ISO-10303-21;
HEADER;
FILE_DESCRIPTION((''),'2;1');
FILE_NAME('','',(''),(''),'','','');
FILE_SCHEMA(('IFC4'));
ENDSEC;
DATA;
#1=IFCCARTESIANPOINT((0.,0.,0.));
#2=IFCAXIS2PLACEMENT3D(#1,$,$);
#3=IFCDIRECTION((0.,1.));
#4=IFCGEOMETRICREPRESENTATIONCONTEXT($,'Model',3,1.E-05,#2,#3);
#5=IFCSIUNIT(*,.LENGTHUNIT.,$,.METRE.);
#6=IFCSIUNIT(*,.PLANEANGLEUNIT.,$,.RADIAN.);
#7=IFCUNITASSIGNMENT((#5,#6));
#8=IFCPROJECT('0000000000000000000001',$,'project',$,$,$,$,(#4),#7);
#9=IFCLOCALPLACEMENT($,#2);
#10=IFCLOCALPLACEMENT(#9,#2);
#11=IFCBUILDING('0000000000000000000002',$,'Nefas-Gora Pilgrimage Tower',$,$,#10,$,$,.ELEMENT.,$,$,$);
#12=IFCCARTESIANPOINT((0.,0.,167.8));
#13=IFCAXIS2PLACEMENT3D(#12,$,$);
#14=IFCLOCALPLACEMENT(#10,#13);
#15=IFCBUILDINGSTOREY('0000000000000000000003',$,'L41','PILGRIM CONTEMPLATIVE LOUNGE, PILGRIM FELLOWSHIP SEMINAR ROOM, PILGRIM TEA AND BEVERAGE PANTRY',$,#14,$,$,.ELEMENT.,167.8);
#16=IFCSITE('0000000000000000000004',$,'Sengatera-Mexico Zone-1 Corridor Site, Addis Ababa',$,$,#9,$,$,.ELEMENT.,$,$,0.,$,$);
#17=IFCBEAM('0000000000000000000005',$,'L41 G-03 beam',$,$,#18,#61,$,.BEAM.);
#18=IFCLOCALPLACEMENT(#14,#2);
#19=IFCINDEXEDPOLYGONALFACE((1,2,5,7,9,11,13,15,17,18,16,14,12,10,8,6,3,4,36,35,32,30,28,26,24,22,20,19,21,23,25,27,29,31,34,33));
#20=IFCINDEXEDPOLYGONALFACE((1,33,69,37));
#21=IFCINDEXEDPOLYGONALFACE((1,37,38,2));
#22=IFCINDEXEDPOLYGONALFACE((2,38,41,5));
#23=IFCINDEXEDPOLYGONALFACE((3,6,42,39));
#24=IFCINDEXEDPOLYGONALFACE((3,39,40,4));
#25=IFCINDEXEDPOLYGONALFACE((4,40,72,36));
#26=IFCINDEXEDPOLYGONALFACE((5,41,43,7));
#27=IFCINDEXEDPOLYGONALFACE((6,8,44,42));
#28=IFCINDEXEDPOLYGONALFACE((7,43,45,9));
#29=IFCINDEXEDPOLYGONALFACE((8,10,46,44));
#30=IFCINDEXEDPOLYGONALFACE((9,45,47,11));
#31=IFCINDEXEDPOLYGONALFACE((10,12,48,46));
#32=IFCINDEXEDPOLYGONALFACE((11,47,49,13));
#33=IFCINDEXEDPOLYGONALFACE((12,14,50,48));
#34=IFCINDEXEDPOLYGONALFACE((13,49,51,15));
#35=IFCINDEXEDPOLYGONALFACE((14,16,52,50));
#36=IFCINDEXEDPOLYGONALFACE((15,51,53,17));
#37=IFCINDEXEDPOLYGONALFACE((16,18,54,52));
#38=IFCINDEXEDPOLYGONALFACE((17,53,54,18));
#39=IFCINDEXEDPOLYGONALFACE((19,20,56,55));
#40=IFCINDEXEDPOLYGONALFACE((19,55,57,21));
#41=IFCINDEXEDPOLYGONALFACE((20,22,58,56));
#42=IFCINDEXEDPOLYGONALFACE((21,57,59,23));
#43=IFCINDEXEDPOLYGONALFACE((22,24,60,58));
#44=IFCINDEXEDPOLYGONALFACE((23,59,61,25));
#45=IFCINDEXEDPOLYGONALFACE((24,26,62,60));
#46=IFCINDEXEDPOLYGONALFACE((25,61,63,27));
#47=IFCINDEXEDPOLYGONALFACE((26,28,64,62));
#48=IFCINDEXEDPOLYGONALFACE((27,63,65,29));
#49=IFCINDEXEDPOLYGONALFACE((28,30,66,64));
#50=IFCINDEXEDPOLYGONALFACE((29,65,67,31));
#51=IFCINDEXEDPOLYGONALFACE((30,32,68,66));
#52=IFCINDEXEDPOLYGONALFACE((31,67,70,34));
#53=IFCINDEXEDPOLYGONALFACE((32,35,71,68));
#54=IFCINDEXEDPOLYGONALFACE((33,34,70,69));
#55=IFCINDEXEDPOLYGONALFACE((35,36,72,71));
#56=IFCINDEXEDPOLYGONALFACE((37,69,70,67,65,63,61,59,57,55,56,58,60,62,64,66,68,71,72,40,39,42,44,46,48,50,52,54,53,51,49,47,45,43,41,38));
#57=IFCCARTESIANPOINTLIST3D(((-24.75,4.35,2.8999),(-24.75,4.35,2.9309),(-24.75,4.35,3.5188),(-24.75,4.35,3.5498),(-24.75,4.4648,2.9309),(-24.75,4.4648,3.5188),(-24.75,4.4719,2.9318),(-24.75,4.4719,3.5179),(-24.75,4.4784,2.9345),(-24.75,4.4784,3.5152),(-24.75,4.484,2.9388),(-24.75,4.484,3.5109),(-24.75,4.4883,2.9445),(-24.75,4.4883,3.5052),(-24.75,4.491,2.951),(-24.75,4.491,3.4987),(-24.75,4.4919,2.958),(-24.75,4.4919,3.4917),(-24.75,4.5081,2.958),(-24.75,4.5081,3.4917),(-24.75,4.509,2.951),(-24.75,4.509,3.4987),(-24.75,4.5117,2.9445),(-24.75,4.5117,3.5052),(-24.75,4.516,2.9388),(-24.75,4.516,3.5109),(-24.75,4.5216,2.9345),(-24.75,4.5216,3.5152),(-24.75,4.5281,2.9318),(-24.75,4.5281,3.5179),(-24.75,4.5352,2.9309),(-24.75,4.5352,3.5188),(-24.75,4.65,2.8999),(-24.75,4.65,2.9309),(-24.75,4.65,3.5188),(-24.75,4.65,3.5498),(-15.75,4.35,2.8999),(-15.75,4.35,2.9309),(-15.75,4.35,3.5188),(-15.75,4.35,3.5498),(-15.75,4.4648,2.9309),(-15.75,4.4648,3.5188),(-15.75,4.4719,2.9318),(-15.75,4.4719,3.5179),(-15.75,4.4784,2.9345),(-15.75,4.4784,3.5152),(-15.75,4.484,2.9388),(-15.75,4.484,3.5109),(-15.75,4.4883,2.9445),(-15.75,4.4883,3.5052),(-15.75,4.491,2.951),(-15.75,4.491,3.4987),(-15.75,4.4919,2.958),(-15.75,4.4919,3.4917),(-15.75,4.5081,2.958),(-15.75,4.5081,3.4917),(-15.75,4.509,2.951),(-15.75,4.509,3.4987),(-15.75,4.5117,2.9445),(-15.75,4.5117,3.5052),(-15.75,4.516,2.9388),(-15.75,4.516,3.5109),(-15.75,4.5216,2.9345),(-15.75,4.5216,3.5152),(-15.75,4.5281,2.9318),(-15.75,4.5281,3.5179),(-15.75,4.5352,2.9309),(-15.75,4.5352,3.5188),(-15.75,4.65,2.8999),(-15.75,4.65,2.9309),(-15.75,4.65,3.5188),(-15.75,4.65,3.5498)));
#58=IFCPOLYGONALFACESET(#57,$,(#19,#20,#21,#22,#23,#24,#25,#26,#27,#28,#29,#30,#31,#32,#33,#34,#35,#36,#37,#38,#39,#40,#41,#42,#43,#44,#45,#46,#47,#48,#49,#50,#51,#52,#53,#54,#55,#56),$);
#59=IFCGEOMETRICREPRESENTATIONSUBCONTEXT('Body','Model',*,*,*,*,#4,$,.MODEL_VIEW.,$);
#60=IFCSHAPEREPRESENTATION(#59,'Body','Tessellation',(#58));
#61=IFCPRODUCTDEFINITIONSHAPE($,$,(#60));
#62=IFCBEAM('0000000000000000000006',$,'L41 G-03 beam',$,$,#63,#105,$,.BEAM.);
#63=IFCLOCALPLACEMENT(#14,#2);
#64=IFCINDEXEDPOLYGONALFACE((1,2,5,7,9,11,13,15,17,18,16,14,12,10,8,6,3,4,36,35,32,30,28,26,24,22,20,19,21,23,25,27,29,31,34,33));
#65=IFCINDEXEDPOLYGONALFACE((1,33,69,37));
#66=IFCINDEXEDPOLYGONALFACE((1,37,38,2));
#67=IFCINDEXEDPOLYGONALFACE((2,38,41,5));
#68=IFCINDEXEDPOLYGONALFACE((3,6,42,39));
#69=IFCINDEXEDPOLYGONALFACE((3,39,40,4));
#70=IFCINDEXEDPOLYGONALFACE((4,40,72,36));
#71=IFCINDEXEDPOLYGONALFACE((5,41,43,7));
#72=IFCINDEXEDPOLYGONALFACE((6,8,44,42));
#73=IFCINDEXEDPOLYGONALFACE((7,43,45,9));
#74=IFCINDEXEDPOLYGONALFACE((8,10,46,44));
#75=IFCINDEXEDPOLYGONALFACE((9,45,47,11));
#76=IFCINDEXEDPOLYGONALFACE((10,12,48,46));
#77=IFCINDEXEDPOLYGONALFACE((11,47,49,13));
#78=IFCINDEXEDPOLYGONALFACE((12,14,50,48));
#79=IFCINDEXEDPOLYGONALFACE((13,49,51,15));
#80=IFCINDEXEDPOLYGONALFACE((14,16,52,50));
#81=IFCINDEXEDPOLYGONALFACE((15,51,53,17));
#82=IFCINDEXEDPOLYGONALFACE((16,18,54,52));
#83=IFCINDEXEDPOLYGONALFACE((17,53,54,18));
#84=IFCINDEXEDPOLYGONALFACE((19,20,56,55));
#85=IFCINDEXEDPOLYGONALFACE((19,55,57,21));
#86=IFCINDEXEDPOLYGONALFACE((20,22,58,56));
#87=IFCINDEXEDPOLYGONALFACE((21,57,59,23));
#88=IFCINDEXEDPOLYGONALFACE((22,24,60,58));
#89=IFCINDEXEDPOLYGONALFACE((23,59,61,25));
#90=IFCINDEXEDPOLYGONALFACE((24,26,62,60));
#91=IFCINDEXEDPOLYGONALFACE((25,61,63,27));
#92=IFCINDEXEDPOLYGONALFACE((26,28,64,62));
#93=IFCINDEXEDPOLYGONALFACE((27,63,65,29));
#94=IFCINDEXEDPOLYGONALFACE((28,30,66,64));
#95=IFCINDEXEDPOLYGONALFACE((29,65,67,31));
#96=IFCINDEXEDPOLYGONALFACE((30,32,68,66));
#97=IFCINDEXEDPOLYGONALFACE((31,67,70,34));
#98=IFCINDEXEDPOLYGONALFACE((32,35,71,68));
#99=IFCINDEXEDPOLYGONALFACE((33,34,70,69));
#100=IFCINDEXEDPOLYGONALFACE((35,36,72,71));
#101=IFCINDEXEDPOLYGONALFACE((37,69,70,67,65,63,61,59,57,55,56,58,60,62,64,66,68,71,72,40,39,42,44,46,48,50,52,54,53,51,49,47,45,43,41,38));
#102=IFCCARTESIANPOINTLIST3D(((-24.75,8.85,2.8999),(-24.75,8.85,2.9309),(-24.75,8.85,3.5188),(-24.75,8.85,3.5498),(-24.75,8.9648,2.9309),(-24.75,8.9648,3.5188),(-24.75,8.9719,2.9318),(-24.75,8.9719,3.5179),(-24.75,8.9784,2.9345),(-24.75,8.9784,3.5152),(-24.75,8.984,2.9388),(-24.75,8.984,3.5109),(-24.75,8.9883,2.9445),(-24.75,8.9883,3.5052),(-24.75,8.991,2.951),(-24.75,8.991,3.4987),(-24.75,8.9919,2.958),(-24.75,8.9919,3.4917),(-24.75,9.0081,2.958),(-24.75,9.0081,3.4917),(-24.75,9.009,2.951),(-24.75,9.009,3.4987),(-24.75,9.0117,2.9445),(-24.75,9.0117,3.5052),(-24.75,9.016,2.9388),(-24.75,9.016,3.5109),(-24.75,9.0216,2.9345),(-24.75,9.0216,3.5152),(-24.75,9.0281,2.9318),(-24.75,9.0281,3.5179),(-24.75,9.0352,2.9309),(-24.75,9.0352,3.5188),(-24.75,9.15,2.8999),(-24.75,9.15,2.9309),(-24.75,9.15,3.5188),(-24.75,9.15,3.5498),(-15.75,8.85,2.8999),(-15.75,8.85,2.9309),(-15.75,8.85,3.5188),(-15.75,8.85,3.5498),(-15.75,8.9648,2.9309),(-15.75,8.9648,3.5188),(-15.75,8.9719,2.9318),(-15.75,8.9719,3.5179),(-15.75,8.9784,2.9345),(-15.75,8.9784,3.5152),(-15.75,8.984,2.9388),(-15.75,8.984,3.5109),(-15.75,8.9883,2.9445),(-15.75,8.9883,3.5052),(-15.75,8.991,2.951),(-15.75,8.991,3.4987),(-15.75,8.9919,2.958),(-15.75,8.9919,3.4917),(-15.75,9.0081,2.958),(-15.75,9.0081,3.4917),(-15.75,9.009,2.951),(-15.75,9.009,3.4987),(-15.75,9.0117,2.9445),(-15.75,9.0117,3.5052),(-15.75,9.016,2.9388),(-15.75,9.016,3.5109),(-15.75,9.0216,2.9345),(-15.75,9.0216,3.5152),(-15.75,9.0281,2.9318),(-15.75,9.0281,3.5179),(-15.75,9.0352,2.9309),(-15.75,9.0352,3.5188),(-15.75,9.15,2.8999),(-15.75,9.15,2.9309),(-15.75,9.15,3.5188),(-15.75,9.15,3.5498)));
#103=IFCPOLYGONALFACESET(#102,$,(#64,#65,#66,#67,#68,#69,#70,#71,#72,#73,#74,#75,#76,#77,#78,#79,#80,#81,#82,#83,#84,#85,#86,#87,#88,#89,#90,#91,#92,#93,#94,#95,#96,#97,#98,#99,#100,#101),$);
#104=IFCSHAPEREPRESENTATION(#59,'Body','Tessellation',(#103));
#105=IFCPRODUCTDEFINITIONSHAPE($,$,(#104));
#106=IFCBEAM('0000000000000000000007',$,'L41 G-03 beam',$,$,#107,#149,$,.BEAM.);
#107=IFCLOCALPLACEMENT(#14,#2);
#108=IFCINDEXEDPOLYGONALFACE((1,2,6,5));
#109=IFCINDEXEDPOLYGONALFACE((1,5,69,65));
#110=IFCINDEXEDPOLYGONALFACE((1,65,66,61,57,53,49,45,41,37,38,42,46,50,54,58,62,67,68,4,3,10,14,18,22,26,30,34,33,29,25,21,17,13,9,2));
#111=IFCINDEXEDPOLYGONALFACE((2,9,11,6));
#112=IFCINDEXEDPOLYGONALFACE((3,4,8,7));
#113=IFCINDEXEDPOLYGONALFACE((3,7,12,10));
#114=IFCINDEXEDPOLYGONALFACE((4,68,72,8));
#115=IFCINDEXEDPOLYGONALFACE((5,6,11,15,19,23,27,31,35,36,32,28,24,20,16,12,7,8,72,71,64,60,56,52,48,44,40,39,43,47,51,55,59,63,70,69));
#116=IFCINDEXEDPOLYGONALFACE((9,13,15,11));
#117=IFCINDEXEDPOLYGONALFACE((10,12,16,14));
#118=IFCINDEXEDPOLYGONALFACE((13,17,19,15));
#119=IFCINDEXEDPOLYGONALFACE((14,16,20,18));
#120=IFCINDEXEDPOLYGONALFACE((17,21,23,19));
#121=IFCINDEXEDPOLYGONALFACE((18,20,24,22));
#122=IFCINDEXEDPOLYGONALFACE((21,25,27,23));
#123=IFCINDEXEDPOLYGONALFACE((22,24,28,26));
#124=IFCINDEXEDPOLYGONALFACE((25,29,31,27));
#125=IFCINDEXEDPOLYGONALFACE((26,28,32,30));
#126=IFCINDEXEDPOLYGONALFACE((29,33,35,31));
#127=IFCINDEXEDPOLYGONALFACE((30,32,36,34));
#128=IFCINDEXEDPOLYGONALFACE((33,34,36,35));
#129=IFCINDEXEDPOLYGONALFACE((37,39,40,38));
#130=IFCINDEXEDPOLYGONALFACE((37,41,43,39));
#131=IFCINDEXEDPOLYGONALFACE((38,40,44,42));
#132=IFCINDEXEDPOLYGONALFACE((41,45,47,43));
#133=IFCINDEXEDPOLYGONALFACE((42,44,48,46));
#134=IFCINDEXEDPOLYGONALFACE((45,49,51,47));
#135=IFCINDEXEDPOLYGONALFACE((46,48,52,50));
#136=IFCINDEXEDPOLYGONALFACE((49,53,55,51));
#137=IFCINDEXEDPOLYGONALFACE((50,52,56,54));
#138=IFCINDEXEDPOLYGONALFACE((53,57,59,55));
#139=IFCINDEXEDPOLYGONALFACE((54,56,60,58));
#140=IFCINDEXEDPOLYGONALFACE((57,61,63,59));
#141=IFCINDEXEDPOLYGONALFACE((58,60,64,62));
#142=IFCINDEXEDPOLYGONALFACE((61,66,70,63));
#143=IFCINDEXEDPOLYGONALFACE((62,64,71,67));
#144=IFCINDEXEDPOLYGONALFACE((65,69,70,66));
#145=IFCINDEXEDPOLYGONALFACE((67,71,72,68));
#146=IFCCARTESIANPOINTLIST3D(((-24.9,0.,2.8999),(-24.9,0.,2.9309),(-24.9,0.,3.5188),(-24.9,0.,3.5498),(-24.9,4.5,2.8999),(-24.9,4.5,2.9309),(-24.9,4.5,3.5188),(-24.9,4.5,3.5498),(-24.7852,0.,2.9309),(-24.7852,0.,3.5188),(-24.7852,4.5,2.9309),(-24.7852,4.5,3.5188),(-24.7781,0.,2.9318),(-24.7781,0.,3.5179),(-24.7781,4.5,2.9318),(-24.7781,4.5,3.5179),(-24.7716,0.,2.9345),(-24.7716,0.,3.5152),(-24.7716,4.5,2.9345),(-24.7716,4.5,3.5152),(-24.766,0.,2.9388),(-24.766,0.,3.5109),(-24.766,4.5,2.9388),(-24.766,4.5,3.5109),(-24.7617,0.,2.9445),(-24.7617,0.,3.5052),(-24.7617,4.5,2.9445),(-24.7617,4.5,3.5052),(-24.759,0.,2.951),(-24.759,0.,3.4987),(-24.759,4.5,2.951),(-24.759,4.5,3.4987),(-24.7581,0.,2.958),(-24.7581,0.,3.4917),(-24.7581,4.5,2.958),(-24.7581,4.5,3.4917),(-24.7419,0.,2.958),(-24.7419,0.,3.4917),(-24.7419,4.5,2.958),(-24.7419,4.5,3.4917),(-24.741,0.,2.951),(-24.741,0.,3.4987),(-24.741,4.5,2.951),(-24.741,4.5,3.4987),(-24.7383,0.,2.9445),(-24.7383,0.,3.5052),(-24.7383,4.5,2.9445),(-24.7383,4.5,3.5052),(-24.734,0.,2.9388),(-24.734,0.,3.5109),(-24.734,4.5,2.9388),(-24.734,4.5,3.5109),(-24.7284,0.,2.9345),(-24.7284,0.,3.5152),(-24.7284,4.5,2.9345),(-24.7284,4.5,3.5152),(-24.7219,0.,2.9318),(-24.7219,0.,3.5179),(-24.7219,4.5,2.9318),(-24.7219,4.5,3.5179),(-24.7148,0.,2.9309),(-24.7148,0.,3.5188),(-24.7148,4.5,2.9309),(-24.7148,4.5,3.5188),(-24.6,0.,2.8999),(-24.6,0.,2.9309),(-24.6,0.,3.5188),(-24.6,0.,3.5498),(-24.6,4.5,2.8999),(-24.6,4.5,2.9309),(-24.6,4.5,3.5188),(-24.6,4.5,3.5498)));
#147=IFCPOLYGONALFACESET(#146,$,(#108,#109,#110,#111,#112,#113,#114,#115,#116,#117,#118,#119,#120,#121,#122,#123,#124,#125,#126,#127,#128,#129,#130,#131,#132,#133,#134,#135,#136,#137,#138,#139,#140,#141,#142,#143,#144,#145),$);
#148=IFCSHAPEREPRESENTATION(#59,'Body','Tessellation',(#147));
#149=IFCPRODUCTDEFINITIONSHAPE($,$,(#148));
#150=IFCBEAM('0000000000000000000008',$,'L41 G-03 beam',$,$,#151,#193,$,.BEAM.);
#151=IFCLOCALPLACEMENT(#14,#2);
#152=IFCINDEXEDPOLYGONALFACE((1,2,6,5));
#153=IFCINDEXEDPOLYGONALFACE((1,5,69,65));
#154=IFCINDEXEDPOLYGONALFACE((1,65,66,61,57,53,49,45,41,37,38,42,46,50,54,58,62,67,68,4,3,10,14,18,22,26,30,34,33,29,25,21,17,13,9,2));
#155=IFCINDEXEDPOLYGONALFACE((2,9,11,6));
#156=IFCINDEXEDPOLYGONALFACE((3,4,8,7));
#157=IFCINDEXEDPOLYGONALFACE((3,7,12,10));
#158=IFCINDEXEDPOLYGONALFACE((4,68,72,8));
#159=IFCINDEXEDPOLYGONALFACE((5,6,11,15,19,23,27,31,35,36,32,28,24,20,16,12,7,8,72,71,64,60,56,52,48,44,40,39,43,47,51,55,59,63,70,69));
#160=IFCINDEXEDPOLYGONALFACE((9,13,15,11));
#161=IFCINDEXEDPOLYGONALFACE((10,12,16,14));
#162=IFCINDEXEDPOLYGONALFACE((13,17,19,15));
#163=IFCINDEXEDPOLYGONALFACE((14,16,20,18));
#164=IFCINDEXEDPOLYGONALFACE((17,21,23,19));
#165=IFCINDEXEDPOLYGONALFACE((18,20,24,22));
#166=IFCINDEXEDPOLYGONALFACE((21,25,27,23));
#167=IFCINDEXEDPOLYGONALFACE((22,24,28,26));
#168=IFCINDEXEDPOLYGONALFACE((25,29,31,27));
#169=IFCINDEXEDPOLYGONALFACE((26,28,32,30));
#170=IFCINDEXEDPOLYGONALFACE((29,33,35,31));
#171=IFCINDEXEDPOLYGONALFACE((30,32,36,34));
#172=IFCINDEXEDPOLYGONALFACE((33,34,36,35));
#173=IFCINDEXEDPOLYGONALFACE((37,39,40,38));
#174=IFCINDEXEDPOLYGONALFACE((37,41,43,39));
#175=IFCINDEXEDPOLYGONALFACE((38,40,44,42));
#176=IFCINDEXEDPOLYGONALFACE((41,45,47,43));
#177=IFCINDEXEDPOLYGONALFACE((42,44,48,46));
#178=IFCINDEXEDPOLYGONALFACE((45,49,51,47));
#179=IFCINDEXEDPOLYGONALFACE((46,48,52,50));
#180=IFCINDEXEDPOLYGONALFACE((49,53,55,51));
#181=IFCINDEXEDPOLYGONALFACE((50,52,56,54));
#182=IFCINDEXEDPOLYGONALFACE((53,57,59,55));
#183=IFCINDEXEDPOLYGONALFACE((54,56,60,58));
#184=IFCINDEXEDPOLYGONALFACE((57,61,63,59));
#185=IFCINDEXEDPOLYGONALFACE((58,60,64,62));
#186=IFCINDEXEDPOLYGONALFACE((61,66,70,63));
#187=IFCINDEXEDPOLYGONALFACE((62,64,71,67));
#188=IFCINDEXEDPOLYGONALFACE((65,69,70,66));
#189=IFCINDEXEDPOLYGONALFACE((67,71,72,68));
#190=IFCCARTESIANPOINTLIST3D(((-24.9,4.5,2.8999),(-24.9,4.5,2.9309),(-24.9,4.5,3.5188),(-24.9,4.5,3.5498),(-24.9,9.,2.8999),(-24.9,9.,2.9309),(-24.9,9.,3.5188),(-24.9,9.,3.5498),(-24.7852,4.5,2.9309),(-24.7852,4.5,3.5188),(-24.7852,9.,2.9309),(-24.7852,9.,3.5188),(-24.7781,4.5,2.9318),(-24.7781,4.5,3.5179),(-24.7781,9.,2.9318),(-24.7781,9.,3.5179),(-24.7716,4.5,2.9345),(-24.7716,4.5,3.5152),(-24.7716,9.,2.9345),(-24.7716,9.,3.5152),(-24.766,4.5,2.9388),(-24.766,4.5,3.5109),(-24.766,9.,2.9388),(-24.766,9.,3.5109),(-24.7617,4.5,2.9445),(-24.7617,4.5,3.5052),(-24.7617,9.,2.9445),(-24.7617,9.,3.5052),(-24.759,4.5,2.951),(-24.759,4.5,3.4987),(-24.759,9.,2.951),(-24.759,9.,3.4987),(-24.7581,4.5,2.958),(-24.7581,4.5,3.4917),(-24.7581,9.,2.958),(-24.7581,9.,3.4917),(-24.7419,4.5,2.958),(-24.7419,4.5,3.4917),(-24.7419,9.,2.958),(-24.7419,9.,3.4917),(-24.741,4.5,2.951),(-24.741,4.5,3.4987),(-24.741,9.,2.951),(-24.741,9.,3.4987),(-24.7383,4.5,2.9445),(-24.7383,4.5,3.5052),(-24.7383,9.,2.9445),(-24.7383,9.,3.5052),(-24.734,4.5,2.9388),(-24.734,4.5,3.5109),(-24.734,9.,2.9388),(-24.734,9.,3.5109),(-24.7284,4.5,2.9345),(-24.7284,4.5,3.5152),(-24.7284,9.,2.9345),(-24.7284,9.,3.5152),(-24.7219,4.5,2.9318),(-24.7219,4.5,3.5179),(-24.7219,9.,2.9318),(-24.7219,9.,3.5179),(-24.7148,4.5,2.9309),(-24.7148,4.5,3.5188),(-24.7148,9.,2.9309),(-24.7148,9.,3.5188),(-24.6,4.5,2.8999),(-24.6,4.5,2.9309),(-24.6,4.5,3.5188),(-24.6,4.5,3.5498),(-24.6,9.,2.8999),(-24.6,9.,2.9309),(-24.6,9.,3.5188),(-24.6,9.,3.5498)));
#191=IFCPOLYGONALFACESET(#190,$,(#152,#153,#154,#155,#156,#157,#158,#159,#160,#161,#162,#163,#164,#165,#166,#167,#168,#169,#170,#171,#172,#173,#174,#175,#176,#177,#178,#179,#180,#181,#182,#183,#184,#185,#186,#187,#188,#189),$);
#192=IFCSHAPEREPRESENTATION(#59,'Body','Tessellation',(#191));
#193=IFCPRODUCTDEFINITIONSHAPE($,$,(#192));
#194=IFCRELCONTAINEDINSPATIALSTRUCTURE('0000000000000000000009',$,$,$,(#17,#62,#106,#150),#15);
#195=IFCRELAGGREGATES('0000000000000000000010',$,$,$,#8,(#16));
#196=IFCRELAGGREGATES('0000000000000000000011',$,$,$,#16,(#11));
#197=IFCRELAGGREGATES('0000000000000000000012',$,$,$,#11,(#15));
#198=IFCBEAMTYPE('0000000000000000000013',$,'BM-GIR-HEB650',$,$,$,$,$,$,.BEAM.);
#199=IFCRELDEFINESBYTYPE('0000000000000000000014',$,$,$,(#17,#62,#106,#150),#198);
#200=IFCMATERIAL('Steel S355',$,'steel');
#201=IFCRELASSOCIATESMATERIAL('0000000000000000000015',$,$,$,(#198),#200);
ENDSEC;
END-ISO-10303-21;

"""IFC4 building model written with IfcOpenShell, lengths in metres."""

from ifc_helpers import new_model, si_unit, direction, frame, origin, origin_2d, place, context, subcontext, project, spatial, i_section, extrude, source, transform, mapped, material, material_profile, profile_set, type_object, element, save


model = new_model("IFC4")

# Units and contexts
model_context = context("Model", 3, precision=1e-05, world=origin(), true_north=direction((0.0, 1.0)))
body_context = subcontext(model_context, "Body", "Model", "MODEL_VIEW")
ifc_project = project(units=[si_unit("LENGTHUNIT", "METRE"), si_unit("PLANEANGLEUNIT", "RADIAN")], contexts=[model_context])

# Site, building, storey
site_placement = place(None, origin())
site = spatial("IfcSite", under=ifc_project, at=site_placement, Name="Sengatera-Mexico Zone-1 Corridor Site, Addis Ababa", CompositionType="ELEMENT", RefElevation=0.0)
building_placement = place(site_placement, origin())
building = spatial("IfcBuilding", under=site, at=building_placement, Name="Nefas-Gora Pilgrimage Tower", CompositionType="ELEMENT")
storey_placement = place(building_placement, frame((0.0, 0.0, 167.8)))
storey = spatial("IfcBuildingStorey", under=building, at=storey_placement, Name="L41", Description="PILGRIM CONTEMPLATIVE LOUNGE, PILGRIM FELLOWSHIP SEMINAR ROOM, PILGRIM TEA AND BEVERAGE PANTRY", CompositionType="ELEMENT", Elevation=167.8)

# Beams
ifc_material_1 = material(Name="Steel S355", Category="steel")
ifc_material_profile_1 = material_profile(ifc_material_1, i_section(OverallWidth=0.3, OverallDepth=0.6499, WebThickness=0.0161, FlangeThickness=0.031, FilletRadius=0.0271, at=origin_2d()), Name="HEB 650")
ifc_profile_set_1 = profile_set([ifc_material_profile_1], Name="Steel S355")
beam_type_1 = type_object("IfcBeamType", Name="BM-GIR-HEB650", PredefinedType="BEAM", material=ifc_profile_set_1)
shared_shape_1 = source(origin(), body_context, "Body", "SweptSolid", [
    extrude(i_section(OverallWidth=0.3, OverallDepth=0.6499, WebThickness=0.0161, FlangeThickness=0.031, FilletRadius=0.0271, at=origin_2d()), origin(), (0.0, 0.0, 1.0), 9.0),
])
for number, where, z_axis, x_axis, name in (
    (1, (-24.75, 4.5, 3.2249), (1.0, 0.0, 0.0), (0.0, 1.0, 0.0), "L41 G-03 beam"),
    (2, (-24.75, 9.0, 3.2249), (1.0, 0.0, 0.0), (0.0, 1.0, 0.0), "L41 G-03 beam"),
):
    element("IfcBeam", number, at=place(storey_placement, frame(where, z_axis=z_axis, x_axis=x_axis)), inside=storey, type_object=beam_type_1, Name=name, PredefinedType="BEAM", context=body_context, shape_type="MappedRepresentation", body=[
        mapped(shared_shape_1, transform((0.0, 0.0, 0.0), x_axis=(1.0, 0.0, 0.0), y_axis=(0.0, 1.0, 0.0), z_axis=(0.0, 0.0, 1.0), scale=1.0)),
    ])
shared_shape_2 = source(origin(), body_context, "Body", "SweptSolid", [
    extrude(i_section(OverallWidth=0.3, OverallDepth=0.6499, WebThickness=0.0161, FlangeThickness=0.031, FilletRadius=0.0271, at=origin_2d()), origin(), (0.0, 0.0, 1.0), 4.5),
])
for number, where, z_axis, x_axis, name in (
    (3, (-24.75, 0.0, 3.2249), (0.0, 1.0, 0.0), (-1.0, 0.0, 0.0), "L41 G-03 beam"),
    (4, (-24.75, 4.5, 3.2249), (0.0, 1.0, 0.0), (-1.0, 0.0, 0.0), "L41 G-03 beam"),
):
    element("IfcBeam", number, at=place(storey_placement, frame(where, z_axis=z_axis, x_axis=x_axis)), inside=storey, type_object=beam_type_1, Name=name, PredefinedType="BEAM", context=body_context, shape_type="MappedRepresentation", body=[
        mapped(shared_shape_2, transform((0.0, 0.0, 0.0), x_axis=(1.0, 0.0, 0.0), y_axis=(0.0, 1.0, 0.0), z_axis=(0.0, 0.0, 1.0), scale=1.0)),
    ])

save(model, "model.ifc")
